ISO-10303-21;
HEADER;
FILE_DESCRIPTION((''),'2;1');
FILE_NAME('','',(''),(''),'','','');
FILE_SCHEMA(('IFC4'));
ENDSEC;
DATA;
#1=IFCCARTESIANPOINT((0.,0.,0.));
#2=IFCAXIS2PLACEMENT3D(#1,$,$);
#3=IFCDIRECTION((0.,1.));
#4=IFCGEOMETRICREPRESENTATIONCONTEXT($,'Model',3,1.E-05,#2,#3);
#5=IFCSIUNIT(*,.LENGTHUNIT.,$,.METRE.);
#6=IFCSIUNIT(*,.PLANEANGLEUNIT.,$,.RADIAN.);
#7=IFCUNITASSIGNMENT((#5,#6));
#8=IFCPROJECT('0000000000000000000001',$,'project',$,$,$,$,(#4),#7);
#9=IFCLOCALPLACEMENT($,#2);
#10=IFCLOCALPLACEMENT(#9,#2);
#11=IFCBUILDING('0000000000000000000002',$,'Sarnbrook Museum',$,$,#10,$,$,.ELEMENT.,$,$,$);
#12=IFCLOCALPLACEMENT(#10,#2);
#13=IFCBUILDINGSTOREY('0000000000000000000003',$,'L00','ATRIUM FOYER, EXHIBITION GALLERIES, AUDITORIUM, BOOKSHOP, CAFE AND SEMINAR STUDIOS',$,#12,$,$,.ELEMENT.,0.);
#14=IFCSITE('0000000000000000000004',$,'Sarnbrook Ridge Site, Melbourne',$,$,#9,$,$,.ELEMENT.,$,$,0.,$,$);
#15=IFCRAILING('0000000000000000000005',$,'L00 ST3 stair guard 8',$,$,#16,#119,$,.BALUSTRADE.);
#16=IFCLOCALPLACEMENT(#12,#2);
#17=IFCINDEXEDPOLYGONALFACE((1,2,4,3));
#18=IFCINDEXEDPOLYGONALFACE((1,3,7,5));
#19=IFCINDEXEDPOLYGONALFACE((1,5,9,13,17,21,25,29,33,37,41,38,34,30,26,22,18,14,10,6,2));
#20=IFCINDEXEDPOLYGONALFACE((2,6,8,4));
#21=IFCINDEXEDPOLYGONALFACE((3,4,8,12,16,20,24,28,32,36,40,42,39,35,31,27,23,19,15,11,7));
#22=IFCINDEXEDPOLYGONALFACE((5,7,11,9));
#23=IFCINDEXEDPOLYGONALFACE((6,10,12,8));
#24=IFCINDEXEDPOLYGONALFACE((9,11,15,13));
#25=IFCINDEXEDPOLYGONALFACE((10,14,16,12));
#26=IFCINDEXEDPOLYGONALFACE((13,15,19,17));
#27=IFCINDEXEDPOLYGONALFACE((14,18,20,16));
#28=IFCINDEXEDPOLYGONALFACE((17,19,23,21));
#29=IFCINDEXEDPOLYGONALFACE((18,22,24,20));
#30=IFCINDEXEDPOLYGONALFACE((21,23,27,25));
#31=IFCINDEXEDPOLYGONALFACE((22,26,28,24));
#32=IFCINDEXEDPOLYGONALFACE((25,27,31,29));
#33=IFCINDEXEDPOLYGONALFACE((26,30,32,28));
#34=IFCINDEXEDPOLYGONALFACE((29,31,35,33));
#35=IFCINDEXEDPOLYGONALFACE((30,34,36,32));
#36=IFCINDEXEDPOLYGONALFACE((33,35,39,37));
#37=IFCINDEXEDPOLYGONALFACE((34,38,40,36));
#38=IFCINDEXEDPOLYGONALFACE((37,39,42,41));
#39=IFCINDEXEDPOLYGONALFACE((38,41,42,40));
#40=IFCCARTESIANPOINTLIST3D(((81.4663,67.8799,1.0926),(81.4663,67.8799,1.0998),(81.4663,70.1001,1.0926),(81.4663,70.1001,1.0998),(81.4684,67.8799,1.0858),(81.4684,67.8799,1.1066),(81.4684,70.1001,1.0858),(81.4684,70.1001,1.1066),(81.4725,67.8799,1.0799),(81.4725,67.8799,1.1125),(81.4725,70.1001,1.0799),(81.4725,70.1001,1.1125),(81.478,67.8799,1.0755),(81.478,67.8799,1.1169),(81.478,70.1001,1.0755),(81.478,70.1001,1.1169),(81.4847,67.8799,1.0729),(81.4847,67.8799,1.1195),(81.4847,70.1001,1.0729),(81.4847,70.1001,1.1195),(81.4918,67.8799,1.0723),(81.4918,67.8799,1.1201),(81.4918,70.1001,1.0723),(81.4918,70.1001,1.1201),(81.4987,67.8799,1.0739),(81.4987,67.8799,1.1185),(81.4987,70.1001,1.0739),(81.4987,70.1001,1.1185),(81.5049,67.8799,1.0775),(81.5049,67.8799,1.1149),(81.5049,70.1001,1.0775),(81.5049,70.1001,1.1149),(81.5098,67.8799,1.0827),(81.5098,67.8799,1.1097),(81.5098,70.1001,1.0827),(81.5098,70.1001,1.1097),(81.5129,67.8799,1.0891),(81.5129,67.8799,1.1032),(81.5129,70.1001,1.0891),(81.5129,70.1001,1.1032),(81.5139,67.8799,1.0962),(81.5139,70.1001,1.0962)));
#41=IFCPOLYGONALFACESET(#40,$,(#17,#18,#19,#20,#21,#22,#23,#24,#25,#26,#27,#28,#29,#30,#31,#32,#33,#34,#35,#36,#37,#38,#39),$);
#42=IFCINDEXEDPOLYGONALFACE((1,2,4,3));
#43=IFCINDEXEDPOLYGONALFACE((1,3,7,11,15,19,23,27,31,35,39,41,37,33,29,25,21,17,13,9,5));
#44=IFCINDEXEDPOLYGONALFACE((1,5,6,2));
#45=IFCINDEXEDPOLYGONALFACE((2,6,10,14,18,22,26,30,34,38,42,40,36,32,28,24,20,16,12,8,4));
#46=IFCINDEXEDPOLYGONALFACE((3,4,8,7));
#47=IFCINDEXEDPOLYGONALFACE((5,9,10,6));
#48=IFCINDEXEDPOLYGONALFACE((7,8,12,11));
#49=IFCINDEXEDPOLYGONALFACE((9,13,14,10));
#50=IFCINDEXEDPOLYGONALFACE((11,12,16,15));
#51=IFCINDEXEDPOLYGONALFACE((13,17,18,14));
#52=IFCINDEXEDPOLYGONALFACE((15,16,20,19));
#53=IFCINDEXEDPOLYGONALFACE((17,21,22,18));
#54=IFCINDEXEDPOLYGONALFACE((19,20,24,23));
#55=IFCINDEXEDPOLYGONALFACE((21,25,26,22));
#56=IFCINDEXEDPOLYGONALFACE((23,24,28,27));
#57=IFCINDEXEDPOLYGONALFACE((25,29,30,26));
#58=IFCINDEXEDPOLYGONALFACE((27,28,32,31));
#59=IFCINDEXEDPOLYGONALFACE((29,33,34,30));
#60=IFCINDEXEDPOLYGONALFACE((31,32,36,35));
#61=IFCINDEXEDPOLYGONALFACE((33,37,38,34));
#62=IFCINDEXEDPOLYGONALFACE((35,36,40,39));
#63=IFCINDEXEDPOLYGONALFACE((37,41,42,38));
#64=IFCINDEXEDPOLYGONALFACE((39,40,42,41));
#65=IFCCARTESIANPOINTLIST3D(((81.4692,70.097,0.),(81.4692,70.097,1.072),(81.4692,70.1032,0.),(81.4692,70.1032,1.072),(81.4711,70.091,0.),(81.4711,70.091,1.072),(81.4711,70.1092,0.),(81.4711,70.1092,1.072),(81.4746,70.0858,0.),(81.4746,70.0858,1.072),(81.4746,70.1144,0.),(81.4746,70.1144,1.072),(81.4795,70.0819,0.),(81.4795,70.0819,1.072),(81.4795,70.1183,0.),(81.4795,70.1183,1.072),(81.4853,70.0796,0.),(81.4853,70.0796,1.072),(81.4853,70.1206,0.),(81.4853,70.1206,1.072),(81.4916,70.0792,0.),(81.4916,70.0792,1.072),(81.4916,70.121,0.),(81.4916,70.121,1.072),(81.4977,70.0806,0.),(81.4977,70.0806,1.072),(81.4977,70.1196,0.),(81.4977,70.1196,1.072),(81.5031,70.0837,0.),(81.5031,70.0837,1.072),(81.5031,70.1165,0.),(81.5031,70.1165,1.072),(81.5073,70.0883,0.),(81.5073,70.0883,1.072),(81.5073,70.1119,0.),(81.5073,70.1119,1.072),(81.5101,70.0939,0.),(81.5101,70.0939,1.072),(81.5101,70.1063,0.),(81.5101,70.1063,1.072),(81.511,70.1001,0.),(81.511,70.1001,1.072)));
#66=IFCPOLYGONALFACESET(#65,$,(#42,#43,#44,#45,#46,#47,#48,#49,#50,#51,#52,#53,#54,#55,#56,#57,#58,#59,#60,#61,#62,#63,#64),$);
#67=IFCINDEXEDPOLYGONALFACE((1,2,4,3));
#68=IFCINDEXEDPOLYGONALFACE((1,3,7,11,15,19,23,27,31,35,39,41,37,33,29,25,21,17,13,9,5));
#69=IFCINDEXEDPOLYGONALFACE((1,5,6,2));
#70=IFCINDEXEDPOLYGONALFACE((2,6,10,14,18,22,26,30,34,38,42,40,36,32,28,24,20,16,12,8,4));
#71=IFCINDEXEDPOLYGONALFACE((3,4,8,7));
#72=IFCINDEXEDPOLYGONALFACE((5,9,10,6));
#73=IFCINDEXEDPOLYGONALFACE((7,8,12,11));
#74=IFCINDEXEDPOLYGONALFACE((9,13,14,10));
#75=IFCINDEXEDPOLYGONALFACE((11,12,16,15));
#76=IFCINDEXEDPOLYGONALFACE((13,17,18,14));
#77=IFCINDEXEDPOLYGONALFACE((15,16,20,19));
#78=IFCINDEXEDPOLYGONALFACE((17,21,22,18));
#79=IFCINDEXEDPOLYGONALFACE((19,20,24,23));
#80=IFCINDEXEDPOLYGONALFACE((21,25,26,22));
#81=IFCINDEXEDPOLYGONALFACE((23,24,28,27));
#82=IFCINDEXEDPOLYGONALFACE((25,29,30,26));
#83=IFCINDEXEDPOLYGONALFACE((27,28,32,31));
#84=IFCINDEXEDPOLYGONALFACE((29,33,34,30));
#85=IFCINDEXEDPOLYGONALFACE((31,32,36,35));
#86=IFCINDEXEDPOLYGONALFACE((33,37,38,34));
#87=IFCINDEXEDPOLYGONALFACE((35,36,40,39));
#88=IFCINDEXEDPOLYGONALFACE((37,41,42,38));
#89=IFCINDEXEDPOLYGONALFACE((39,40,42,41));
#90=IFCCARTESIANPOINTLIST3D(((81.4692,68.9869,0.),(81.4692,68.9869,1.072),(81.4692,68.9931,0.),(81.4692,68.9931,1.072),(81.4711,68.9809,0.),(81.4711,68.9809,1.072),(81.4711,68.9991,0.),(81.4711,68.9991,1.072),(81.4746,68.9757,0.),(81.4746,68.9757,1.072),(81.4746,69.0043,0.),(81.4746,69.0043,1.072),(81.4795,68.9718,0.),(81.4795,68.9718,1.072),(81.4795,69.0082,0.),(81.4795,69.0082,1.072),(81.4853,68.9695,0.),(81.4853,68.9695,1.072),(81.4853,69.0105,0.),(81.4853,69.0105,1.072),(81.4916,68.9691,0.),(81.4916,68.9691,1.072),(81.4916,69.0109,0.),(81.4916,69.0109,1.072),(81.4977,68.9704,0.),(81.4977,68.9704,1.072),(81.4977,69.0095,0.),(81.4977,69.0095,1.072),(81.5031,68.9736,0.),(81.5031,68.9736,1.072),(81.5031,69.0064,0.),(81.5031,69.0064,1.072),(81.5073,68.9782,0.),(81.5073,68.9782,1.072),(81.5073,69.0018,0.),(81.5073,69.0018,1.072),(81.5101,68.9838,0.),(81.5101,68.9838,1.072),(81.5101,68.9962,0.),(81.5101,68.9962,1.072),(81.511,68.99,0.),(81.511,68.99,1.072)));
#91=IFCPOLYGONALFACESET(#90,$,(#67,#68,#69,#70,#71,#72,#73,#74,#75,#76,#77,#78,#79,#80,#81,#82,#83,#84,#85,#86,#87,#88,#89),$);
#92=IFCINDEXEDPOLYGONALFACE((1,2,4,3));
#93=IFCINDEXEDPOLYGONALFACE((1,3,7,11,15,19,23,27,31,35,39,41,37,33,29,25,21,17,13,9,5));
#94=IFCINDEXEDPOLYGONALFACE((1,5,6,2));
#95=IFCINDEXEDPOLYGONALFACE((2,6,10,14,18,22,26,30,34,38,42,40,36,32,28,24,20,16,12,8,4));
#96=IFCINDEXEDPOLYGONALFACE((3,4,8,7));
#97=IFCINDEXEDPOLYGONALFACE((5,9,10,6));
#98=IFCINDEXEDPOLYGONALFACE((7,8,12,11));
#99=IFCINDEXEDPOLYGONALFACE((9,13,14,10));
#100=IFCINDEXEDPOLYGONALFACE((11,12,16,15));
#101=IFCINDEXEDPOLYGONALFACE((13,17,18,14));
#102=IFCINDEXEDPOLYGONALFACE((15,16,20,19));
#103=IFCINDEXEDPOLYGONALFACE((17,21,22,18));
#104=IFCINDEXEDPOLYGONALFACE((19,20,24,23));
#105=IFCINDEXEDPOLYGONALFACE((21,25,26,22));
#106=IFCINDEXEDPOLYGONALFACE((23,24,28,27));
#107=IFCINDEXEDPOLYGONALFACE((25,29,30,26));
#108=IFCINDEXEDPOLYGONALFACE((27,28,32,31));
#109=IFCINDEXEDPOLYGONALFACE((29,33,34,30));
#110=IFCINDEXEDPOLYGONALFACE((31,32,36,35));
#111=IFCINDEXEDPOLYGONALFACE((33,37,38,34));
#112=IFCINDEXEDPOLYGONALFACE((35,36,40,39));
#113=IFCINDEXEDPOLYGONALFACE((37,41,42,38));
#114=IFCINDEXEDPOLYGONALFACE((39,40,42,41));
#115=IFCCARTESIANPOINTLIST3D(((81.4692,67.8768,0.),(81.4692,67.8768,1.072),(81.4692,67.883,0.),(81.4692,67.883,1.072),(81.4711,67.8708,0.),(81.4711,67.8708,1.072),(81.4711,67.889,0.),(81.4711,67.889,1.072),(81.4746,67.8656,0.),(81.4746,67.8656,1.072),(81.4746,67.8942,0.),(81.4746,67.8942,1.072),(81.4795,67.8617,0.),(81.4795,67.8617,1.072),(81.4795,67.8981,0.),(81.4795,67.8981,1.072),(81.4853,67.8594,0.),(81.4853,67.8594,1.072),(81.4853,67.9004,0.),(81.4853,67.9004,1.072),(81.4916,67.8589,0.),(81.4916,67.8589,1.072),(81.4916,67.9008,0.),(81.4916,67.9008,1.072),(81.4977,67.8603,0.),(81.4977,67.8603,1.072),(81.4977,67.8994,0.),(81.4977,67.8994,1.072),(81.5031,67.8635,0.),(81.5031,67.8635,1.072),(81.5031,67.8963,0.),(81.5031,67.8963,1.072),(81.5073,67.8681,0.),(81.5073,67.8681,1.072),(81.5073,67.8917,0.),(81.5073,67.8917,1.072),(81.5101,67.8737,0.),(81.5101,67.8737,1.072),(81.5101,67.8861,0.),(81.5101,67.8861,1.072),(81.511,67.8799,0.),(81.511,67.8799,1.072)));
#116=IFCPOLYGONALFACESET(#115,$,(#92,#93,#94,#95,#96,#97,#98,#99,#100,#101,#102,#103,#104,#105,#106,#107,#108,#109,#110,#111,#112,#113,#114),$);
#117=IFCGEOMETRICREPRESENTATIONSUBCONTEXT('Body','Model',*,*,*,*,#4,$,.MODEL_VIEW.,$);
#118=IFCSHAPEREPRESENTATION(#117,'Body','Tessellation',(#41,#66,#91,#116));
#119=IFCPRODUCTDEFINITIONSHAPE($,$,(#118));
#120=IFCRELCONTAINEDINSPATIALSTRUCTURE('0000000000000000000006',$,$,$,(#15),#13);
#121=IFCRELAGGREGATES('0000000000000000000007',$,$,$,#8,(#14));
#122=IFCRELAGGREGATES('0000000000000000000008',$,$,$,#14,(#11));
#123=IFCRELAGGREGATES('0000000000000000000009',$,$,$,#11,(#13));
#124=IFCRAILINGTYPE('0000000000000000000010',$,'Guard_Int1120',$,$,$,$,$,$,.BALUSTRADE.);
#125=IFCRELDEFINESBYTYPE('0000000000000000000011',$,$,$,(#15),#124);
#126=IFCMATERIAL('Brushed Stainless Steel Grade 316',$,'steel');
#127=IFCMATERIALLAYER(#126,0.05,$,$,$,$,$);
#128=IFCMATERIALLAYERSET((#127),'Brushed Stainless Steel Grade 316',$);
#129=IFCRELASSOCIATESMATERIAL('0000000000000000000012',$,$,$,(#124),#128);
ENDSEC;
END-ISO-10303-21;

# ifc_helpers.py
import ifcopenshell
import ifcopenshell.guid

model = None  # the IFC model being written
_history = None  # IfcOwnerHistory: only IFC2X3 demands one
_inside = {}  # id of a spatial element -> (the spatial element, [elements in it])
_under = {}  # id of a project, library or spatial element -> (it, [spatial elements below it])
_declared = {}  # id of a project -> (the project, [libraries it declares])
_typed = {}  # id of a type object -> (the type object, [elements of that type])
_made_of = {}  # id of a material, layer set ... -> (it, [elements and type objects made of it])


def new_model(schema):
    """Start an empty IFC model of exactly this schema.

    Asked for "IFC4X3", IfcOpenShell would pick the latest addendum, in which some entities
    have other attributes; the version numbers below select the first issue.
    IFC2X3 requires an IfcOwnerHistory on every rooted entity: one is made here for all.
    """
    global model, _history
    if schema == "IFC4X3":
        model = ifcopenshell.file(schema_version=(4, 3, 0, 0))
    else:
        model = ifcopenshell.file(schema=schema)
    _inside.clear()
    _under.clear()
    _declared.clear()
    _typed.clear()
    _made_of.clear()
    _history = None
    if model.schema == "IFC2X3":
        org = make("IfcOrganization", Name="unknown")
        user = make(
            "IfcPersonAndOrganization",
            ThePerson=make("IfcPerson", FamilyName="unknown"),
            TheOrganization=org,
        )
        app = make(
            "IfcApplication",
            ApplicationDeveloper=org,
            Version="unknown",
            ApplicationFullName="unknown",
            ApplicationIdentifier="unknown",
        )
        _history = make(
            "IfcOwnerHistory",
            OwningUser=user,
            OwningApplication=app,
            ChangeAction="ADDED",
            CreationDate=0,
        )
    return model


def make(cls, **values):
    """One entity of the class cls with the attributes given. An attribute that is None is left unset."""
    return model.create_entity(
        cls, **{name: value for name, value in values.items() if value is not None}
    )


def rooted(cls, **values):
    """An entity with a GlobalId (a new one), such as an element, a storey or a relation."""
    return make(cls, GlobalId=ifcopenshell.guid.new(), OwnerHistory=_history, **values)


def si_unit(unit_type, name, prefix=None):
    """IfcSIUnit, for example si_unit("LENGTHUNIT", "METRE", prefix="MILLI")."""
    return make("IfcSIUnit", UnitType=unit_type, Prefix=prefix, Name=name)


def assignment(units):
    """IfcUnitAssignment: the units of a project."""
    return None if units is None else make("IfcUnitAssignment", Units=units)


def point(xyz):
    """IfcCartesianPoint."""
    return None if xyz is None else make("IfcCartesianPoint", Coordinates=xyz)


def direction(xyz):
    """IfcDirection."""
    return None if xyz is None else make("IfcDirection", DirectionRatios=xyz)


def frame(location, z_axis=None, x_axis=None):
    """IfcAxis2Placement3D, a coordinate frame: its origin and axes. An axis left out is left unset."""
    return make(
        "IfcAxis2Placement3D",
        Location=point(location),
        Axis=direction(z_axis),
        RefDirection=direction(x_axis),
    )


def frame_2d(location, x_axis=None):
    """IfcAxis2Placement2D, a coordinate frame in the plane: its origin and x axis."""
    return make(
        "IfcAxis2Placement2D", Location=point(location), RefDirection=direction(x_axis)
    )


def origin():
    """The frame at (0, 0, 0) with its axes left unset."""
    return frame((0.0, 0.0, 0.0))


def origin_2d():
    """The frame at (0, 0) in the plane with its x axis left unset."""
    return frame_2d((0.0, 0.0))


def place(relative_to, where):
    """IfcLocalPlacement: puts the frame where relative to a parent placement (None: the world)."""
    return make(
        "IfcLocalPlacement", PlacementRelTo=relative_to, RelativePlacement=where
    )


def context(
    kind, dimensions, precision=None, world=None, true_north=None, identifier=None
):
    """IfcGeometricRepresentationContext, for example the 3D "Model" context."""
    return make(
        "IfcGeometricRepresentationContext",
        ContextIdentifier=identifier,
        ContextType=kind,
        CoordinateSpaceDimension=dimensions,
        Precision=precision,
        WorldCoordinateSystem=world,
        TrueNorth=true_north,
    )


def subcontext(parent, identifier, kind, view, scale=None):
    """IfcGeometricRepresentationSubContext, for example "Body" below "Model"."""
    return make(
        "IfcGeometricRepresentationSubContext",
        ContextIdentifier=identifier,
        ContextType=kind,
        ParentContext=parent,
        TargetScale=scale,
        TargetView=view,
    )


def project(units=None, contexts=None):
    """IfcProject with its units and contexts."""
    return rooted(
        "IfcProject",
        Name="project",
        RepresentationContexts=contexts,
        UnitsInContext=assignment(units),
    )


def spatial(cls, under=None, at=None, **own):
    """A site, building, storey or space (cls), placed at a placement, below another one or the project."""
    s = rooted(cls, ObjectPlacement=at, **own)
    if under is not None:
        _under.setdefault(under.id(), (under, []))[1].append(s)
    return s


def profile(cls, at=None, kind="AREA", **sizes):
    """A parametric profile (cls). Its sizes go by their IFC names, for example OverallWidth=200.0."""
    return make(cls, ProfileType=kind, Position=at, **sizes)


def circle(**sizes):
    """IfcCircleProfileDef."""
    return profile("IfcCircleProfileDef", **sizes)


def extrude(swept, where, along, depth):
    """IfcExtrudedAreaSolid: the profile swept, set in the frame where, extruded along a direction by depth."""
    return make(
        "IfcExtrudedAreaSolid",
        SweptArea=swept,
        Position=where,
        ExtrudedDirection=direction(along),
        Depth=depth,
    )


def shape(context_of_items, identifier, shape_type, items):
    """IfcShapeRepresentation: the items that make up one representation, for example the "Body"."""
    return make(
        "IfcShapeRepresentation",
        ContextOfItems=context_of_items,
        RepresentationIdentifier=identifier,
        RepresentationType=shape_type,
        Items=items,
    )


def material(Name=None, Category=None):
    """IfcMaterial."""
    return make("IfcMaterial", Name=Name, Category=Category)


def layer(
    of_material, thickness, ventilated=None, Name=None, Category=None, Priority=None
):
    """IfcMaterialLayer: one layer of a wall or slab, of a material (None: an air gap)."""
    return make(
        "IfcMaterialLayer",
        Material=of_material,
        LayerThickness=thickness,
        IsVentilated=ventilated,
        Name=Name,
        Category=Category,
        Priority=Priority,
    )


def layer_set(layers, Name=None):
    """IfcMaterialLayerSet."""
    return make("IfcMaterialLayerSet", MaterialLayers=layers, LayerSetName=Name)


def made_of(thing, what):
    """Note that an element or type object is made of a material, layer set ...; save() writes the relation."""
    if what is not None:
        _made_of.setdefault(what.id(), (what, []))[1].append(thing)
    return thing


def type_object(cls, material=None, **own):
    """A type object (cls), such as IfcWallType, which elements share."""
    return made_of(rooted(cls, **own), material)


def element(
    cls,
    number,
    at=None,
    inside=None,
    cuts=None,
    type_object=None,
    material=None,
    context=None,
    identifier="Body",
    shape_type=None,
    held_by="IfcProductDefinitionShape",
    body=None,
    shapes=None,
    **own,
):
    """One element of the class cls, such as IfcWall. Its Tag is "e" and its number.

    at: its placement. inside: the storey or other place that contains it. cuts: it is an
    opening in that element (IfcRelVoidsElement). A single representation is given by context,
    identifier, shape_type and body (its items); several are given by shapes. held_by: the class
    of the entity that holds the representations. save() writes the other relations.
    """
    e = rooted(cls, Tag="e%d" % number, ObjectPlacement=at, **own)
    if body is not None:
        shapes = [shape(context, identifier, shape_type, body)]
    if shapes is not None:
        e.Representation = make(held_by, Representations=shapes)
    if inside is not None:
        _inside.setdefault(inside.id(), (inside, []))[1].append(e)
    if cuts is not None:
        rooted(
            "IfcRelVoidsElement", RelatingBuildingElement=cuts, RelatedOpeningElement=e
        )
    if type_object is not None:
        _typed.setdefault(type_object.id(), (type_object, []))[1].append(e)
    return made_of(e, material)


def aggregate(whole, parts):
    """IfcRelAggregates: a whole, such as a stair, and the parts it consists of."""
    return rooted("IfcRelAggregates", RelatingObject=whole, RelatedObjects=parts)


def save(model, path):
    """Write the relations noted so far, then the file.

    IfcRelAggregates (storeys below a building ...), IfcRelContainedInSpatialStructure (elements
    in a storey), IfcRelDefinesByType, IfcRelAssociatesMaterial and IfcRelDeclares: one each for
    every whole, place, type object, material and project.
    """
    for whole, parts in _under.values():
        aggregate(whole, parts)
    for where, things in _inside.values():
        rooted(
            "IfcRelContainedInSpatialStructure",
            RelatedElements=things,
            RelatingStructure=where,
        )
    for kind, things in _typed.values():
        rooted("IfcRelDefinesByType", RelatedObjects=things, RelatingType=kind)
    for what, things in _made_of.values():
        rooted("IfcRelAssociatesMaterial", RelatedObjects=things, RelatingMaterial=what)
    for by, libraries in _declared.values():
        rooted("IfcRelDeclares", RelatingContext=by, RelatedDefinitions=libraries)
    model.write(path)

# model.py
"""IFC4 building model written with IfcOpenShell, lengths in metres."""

from ifc_helpers import new_model, si_unit, direction, frame, origin, origin_2d, place, context, subcontext, project, spatial, circle, extrude, material, layer, layer_set, type_object, element, save


model = new_model("IFC4")

# Units and contexts
model_context = context("Model", 3, precision=1e-05, world=origin(), true_north=direction((0.0, 1.0)))
body_context = subcontext(model_context, "Body", "Model", "MODEL_VIEW")
ifc_project = project(units=[si_unit("LENGTHUNIT", "METRE"), si_unit("PLANEANGLEUNIT", "RADIAN")], contexts=[model_context])

# Site, building, storey
site_placement = place(None, origin())
site = spatial("IfcSite", under=ifc_project, at=site_placement, Name="Sarnbrook Ridge Site, Melbourne", CompositionType="ELEMENT", RefElevation=0.0)
building_placement = place(site_placement, origin())
building = spatial("IfcBuilding", under=site, at=building_placement, Name="Sarnbrook Museum", CompositionType="ELEMENT")
storey_placement = place(building_placement, origin())
storey = spatial("IfcBuildingStorey", under=building, at=storey_placement, Name="L00", Description="ATRIUM FOYER, EXHIBITION GALLERIES, AUDITORIUM, BOOKSHOP, CAFE AND SEMINAR STUDIOS", CompositionType="ELEMENT", Elevation=0.0)

# Shared definitions
ifc_material_1 = material(Name="Brushed Stainless Steel Grade 316", Category="steel")

# Railing
ifc_layer_1 = layer(ifc_material_1, 0.05)
ifc_layer_set_1 = layer_set([ifc_layer_1], Name="Brushed Stainless Steel Grade 316")
railing_type_1 = type_object("IfcRailingType", Name="Guard_Int1120", PredefinedType="BALUSTRADE", material=ifc_layer_set_1)
railing_1_placement = place(storey_placement, frame((81.49, 70.1001, 0.0)))
element("IfcRailing", 1, at=railing_1_placement, inside=storey, type_object=railing_type_1, Name="L00 ST3 stair guard 8", PredefinedType="BALUSTRADE", context=body_context, shape_type="SweptSolid", body=[
    extrude(circle(Radius=0.0239, at=origin_2d()), frame((0.0, 0.0, 1.0962), z_axis=(0.0, -1.0, 0.0), x_axis=(1.0, 0.0, 0.0)), (0.0, 0.0, 1.0), 2.2202),
    extrude(circle(Radius=0.021, at=origin_2d()), origin(), (0.0, 0.0, 1.0), 1.072),
    extrude(circle(Radius=0.021, at=origin_2d()), frame((0.0, -1.1101, 0.0)), (0.0, 0.0, 1.0), 1.072),
    extrude(circle(Radius=0.021, at=origin_2d()), frame((0.0, -2.2202, 0.0)), (0.0, 0.0, 1.0), 1.072),
])

save(model, "model.ifc")
